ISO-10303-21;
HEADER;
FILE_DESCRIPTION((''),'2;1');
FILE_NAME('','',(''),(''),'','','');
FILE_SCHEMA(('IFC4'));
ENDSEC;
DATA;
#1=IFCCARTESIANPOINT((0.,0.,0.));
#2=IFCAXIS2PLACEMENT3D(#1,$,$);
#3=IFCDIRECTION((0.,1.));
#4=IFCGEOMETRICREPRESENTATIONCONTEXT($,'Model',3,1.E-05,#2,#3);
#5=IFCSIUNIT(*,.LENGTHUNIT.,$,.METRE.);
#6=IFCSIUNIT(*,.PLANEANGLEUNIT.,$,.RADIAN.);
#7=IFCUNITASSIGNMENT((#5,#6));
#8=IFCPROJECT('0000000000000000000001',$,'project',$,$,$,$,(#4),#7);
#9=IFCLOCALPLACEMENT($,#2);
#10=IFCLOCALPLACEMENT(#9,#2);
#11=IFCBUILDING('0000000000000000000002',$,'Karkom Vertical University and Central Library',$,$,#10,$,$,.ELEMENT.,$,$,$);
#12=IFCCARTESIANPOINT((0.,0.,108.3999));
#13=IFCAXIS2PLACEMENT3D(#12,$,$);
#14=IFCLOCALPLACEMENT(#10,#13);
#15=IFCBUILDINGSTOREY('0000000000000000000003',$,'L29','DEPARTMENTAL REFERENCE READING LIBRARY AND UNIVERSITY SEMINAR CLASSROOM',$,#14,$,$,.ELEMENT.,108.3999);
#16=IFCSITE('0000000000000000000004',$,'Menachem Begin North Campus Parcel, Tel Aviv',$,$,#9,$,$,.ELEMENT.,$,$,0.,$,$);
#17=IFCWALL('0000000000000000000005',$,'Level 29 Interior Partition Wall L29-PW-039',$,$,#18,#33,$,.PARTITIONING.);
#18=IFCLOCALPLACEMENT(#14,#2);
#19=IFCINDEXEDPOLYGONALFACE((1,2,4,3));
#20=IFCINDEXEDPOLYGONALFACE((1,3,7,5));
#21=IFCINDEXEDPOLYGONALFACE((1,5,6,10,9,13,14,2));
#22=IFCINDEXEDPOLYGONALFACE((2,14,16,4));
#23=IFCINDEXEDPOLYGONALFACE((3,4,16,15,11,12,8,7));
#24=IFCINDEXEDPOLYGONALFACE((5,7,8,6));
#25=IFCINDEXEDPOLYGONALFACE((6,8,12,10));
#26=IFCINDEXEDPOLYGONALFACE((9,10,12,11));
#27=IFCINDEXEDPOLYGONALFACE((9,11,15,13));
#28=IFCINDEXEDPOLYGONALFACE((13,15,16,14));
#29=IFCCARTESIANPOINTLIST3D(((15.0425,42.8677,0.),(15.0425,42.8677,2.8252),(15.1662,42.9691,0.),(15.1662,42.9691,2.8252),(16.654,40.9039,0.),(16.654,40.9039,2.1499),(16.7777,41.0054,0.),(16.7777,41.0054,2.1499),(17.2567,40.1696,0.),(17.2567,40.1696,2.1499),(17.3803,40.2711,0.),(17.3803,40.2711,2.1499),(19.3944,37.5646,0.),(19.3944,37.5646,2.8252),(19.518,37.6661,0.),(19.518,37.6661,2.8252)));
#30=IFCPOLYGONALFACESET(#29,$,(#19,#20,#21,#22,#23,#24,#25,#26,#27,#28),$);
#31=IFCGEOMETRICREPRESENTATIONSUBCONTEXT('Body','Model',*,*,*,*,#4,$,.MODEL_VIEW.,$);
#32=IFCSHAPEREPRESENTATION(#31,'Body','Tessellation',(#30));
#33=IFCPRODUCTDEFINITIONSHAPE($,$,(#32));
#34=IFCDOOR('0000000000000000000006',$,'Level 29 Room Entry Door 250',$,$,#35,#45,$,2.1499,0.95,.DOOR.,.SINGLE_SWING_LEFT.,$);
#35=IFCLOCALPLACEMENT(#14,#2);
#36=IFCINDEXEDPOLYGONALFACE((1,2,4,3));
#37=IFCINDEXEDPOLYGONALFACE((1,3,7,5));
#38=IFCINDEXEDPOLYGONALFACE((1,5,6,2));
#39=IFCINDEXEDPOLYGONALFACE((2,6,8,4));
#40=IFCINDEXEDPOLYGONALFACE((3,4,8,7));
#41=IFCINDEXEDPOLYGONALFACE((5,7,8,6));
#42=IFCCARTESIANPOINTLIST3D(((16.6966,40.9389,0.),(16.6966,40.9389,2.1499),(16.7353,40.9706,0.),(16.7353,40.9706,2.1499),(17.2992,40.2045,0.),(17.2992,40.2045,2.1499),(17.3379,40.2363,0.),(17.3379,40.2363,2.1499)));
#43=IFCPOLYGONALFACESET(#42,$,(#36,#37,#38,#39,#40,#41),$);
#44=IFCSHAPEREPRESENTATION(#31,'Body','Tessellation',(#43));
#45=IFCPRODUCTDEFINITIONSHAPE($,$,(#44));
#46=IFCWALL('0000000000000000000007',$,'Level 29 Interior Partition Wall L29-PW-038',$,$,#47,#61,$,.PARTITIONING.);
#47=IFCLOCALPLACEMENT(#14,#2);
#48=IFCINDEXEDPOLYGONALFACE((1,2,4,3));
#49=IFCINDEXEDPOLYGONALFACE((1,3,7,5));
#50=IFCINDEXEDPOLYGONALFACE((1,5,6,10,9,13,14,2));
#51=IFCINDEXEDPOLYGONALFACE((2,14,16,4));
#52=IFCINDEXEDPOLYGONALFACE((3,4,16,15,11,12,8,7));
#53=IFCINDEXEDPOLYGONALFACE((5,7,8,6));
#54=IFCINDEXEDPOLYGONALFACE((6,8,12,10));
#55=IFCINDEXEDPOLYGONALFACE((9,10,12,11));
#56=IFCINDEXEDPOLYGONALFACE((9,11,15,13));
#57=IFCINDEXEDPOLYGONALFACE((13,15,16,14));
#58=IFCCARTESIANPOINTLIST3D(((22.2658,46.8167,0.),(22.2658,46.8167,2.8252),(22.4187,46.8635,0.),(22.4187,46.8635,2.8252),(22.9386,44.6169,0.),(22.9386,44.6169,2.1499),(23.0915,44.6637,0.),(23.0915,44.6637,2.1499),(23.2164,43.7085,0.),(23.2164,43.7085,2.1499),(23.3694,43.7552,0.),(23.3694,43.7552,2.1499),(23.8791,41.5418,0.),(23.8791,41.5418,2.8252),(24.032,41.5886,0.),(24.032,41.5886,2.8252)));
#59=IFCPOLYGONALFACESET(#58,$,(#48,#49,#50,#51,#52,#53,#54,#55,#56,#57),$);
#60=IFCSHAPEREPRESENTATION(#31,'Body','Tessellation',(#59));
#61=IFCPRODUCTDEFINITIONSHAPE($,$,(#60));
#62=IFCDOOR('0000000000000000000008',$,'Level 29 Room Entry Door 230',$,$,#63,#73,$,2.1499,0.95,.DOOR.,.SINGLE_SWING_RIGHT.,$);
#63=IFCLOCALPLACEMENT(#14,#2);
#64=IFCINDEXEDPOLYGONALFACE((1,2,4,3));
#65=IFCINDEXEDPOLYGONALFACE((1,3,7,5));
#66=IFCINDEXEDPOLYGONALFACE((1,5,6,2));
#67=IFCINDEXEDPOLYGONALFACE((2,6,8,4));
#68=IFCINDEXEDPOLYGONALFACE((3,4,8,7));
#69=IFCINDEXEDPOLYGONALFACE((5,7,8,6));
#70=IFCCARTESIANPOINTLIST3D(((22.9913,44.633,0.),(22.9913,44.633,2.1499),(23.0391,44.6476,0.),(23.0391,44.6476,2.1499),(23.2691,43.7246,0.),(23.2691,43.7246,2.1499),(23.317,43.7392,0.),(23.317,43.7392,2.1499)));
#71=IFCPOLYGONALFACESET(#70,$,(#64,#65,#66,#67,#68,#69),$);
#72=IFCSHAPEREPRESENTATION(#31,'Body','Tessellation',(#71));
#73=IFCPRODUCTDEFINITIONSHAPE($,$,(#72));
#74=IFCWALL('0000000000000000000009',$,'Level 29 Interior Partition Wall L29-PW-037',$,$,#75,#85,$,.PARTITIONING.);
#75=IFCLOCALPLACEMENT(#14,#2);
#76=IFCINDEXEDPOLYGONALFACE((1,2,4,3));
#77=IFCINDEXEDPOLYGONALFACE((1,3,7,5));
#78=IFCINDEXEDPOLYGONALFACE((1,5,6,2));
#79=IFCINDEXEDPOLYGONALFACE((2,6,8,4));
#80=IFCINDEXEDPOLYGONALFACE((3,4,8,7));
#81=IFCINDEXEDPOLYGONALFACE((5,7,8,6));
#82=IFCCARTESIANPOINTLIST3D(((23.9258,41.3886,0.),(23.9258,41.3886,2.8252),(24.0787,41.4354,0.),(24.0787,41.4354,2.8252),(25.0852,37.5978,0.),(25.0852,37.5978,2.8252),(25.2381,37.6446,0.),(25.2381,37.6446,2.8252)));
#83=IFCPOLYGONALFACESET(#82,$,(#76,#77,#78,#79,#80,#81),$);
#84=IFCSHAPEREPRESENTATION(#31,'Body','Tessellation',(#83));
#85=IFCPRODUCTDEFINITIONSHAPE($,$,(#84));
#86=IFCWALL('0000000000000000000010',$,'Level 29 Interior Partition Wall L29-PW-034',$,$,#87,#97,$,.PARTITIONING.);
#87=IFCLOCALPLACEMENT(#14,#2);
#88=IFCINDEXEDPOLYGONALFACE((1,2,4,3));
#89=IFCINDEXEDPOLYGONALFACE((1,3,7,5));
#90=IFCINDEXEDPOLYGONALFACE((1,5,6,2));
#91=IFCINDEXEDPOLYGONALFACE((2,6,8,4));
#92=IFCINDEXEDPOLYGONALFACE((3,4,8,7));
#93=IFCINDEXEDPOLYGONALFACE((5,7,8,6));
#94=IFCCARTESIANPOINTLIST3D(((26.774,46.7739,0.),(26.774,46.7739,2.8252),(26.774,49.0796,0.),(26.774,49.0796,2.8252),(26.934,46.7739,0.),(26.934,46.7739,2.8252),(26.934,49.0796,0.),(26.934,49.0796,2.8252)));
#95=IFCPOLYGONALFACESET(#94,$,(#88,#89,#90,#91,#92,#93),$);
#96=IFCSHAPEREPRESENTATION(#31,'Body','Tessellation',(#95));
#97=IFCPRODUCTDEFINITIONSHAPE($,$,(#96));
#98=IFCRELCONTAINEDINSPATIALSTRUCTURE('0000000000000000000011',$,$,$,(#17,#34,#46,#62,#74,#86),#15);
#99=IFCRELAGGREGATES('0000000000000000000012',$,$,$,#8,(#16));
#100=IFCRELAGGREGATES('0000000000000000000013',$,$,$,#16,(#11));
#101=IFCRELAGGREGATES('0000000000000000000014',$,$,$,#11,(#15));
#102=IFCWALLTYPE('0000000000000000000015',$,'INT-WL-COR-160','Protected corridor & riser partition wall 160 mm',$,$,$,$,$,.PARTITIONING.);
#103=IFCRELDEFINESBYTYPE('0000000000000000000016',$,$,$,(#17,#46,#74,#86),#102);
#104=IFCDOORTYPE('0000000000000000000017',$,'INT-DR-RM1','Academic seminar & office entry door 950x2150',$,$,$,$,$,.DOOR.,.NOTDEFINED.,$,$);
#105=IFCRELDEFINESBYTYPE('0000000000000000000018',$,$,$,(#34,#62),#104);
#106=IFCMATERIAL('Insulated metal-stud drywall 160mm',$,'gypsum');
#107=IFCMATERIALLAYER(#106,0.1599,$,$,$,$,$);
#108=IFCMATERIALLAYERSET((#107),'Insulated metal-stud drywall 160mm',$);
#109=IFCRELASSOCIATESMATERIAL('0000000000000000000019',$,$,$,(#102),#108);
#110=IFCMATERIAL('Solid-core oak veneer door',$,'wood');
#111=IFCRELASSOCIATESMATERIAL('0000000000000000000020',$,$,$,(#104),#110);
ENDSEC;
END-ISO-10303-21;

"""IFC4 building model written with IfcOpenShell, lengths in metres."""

from ifc_helpers import new_model, si_unit, direction, frame, frame_2d, origin, origin_with_axes, place, context, subcontext, project, spatial, rectangle, extrude, source, transform, mapped, material, layer, layer_set, type_object, element, fill, save


model = new_model("IFC4")

# Units and contexts
model_context = context("Model", 3, precision=1e-05, world=origin(), true_north=direction((0.0, 1.0)))
body_context = subcontext(model_context, "Body", "Model", "MODEL_VIEW")
ifc_project = project(units=[si_unit("LENGTHUNIT", "METRE"), si_unit("PLANEANGLEUNIT", "RADIAN")], contexts=[model_context])

# Site, building, storey
site_placement = place(None, origin())
site = spatial("IfcSite", under=ifc_project, at=site_placement, Name="Menachem Begin North Campus Parcel, Tel Aviv", CompositionType="ELEMENT", RefElevation=0.0)
building_placement = place(site_placement, origin())
building = spatial("IfcBuilding", under=site, at=building_placement, Name="Karkom Vertical University and Central Library", CompositionType="ELEMENT")
storey_placement = place(building_placement, frame((0.0, 0.0, 108.3999)))
storey = spatial("IfcBuildingStorey", under=building, at=storey_placement, Name="L29", Description="DEPARTMENTAL REFERENCE READING LIBRARY AND UNIVERSITY SEMINAR CLASSROOM", CompositionType="ELEMENT", Elevation=108.3999)

# Shared definitions
ifc_material_1 = material(Name="Insulated metal-stud drywall 160mm", Category="gypsum")
ifc_layer_1 = layer(ifc_material_1, 0.1599)
ifc_layer_set_1 = layer_set([ifc_layer_1], Name="Insulated metal-stud drywall 160mm")
wall_type_1 = type_object("IfcWallType", Name="INT-WL-COR-160", Description="Protected corridor & riser partition wall 160 mm", PredefinedType="PARTITIONING", material=ifc_layer_set_1)
ifc_material_2 = material(Name="Solid-core oak veneer door", Category="wood")
door_type_1 = type_object("IfcDoorType", Name="INT-DR-RM1", Description="Academic seminar & office entry door 950x2150", OperationType="NOTDEFINED", PredefinedType="DOOR", material=ifc_material_2)
shared_shape_1 = source(origin_with_axes(), body_context, "Body", "SweptSolid", [
    extrude(rectangle(XDim=0.95, YDim=2.1499, at=frame_2d((0.4751, 1.075))), frame((0.0, 0.0249, 0.0), z_axis=(0.0, -1.0, 0.0), x_axis=(1.0, 0.0, 0.0)), (0.0, 0.0, 1.0), 0.05),
])

# Walls, openings, doors
wall_1_placement = place(storey_placement, frame((19.4563, 37.6152, 0.0), z_axis=(0.0, 0.0, 1.0), x_axis=(-0.634373, 0.773027, 0.0)))
wall_1 = element("IfcWall", 1, at=wall_1_placement, inside=storey, type_object=wall_type_1, Name="Level 29 Interior Partition Wall L29-PW-039", PredefinedType="PARTITIONING", context=body_context, shape_type="SweptSolid", body=[
    extrude(rectangle(XDim=6.8601, YDim=0.1599, at=frame_2d((3.4302, 0.0))), origin(), (0.0, 0.0, 1.0), 2.8252),
])
opening_1_placement = place(wall_1_placement, frame((3.3699, 0.0, 0.0)))
opening_1 = element("IfcOpeningElement", 2, at=opening_1_placement, cuts=wall_1, PredefinedType="OPENING", context=body_context, shape_type="SweptSolid", body=[
    extrude(rectangle(XDim=0.95, YDim=2.1499, at=frame_2d((0.4751, 1.075))), frame((0.0, 0.0898, 0.0), z_axis=(0.0, -1.0, 0.0), x_axis=(1.0, 0.0, 0.0)), (0.0, 0.0, 1.0), 0.1799),
])
door_1_placement = place(opening_1_placement, origin())
door_1 = element("IfcDoor", 3, at=door_1_placement, inside=storey, type_object=door_type_1, Name="Level 29 Room Entry Door 250", OperationType="SINGLE_SWING_LEFT", OverallHeight=2.1499, OverallWidth=0.95, PredefinedType="DOOR", context=body_context, shape_type="MappedRepresentation", body=[
    mapped(shared_shape_1, transform((0.0, 0.0, 0.0), scale=1.0)),
])
fill(opening_1, door_1)
wall_2_placement = place(storey_placement, frame((23.9556, 41.5652, 0.0), z_axis=(0.0, 0.0, 1.0), x_axis=(-0.292468, 0.956275, 0.0)))
wall_2 = element("IfcWall", 4, at=wall_2_placement, inside=storey, type_object=wall_type_1, Name="Level 29 Interior Partition Wall L29-PW-038", PredefinedType="PARTITIONING", context=body_context, shape_type="SweptSolid", body=[
    extrude(rectangle(XDim=5.5161, YDim=0.1599, at=frame_2d((2.7581, 0.0))), origin(), (0.0, 0.0, 1.0), 2.8252),
])
opening_2_placement = place(wall_2_placement, frame((2.2656, 0.0, 0.0)))
opening_2 = element("IfcOpeningElement", 5, at=opening_2_placement, cuts=wall_2, PredefinedType="OPENING", context=body_context, shape_type="SweptSolid", body=[
    extrude(rectangle(XDim=0.95, YDim=2.1499, at=frame_2d((0.4751, 1.075))), frame((0.0, 0.0898, 0.0), z_axis=(0.0, -1.0, 0.0), x_axis=(1.0, 0.0, 0.0)), (0.0, 0.0, 1.0), 0.1799),
])
door_2_placement = place(opening_2_placement, origin())
door_2 = element("IfcDoor", 6, at=door_2_placement, inside=storey, type_object=door_type_1, Name="Level 29 Room Entry Door 230", OperationType="SINGLE_SWING_RIGHT", OverallHeight=2.1499, OverallWidth=0.95, PredefinedType="DOOR", context=body_context, shape_type="MappedRepresentation", body=[
    mapped(shared_shape_1, transform((0.0, 0.0, 0.0), scale=1.0)),
])
fill(opening_2, door_2)

# Walls
wall_3_placement = place(storey_placement, frame((25.1616, 37.6213, 0.0), z_axis=(0.0, 0.0, 1.0), x_axis=(-0.29248, 0.956272, 0.0)))
element("IfcWall", 7, at=wall_3_placement, inside=storey, type_object=wall_type_1, Name="Level 29 Interior Partition Wall L29-PW-037", PredefinedType="PARTITIONING", context=body_context, shape_type="SweptSolid", body=[
    extrude(rectangle(XDim=3.9641, YDim=0.1599, at=frame_2d((1.9819, 0.0))), origin(), (0.0, 0.0, 1.0), 2.8252),
])
wall_4_placement = place(storey_placement, frame((26.854, 49.0796, 0.0), z_axis=(0.0, 0.0, 1.0), x_axis=(0.0, -1.0, 0.0)))
element("IfcWall", 8, at=wall_4_placement, inside=storey, type_object=wall_type_1, Name="Level 29 Interior Partition Wall L29-PW-034", PredefinedType="PARTITIONING", context=body_context, shape_type="SweptSolid", body=[
    extrude(rectangle(XDim=2.3057, YDim=0.1599, at=frame_2d((1.1528, 0.0))), origin(), (0.0, 0.0, 1.0), 2.8252),
])

save(model, "model.ifc")
